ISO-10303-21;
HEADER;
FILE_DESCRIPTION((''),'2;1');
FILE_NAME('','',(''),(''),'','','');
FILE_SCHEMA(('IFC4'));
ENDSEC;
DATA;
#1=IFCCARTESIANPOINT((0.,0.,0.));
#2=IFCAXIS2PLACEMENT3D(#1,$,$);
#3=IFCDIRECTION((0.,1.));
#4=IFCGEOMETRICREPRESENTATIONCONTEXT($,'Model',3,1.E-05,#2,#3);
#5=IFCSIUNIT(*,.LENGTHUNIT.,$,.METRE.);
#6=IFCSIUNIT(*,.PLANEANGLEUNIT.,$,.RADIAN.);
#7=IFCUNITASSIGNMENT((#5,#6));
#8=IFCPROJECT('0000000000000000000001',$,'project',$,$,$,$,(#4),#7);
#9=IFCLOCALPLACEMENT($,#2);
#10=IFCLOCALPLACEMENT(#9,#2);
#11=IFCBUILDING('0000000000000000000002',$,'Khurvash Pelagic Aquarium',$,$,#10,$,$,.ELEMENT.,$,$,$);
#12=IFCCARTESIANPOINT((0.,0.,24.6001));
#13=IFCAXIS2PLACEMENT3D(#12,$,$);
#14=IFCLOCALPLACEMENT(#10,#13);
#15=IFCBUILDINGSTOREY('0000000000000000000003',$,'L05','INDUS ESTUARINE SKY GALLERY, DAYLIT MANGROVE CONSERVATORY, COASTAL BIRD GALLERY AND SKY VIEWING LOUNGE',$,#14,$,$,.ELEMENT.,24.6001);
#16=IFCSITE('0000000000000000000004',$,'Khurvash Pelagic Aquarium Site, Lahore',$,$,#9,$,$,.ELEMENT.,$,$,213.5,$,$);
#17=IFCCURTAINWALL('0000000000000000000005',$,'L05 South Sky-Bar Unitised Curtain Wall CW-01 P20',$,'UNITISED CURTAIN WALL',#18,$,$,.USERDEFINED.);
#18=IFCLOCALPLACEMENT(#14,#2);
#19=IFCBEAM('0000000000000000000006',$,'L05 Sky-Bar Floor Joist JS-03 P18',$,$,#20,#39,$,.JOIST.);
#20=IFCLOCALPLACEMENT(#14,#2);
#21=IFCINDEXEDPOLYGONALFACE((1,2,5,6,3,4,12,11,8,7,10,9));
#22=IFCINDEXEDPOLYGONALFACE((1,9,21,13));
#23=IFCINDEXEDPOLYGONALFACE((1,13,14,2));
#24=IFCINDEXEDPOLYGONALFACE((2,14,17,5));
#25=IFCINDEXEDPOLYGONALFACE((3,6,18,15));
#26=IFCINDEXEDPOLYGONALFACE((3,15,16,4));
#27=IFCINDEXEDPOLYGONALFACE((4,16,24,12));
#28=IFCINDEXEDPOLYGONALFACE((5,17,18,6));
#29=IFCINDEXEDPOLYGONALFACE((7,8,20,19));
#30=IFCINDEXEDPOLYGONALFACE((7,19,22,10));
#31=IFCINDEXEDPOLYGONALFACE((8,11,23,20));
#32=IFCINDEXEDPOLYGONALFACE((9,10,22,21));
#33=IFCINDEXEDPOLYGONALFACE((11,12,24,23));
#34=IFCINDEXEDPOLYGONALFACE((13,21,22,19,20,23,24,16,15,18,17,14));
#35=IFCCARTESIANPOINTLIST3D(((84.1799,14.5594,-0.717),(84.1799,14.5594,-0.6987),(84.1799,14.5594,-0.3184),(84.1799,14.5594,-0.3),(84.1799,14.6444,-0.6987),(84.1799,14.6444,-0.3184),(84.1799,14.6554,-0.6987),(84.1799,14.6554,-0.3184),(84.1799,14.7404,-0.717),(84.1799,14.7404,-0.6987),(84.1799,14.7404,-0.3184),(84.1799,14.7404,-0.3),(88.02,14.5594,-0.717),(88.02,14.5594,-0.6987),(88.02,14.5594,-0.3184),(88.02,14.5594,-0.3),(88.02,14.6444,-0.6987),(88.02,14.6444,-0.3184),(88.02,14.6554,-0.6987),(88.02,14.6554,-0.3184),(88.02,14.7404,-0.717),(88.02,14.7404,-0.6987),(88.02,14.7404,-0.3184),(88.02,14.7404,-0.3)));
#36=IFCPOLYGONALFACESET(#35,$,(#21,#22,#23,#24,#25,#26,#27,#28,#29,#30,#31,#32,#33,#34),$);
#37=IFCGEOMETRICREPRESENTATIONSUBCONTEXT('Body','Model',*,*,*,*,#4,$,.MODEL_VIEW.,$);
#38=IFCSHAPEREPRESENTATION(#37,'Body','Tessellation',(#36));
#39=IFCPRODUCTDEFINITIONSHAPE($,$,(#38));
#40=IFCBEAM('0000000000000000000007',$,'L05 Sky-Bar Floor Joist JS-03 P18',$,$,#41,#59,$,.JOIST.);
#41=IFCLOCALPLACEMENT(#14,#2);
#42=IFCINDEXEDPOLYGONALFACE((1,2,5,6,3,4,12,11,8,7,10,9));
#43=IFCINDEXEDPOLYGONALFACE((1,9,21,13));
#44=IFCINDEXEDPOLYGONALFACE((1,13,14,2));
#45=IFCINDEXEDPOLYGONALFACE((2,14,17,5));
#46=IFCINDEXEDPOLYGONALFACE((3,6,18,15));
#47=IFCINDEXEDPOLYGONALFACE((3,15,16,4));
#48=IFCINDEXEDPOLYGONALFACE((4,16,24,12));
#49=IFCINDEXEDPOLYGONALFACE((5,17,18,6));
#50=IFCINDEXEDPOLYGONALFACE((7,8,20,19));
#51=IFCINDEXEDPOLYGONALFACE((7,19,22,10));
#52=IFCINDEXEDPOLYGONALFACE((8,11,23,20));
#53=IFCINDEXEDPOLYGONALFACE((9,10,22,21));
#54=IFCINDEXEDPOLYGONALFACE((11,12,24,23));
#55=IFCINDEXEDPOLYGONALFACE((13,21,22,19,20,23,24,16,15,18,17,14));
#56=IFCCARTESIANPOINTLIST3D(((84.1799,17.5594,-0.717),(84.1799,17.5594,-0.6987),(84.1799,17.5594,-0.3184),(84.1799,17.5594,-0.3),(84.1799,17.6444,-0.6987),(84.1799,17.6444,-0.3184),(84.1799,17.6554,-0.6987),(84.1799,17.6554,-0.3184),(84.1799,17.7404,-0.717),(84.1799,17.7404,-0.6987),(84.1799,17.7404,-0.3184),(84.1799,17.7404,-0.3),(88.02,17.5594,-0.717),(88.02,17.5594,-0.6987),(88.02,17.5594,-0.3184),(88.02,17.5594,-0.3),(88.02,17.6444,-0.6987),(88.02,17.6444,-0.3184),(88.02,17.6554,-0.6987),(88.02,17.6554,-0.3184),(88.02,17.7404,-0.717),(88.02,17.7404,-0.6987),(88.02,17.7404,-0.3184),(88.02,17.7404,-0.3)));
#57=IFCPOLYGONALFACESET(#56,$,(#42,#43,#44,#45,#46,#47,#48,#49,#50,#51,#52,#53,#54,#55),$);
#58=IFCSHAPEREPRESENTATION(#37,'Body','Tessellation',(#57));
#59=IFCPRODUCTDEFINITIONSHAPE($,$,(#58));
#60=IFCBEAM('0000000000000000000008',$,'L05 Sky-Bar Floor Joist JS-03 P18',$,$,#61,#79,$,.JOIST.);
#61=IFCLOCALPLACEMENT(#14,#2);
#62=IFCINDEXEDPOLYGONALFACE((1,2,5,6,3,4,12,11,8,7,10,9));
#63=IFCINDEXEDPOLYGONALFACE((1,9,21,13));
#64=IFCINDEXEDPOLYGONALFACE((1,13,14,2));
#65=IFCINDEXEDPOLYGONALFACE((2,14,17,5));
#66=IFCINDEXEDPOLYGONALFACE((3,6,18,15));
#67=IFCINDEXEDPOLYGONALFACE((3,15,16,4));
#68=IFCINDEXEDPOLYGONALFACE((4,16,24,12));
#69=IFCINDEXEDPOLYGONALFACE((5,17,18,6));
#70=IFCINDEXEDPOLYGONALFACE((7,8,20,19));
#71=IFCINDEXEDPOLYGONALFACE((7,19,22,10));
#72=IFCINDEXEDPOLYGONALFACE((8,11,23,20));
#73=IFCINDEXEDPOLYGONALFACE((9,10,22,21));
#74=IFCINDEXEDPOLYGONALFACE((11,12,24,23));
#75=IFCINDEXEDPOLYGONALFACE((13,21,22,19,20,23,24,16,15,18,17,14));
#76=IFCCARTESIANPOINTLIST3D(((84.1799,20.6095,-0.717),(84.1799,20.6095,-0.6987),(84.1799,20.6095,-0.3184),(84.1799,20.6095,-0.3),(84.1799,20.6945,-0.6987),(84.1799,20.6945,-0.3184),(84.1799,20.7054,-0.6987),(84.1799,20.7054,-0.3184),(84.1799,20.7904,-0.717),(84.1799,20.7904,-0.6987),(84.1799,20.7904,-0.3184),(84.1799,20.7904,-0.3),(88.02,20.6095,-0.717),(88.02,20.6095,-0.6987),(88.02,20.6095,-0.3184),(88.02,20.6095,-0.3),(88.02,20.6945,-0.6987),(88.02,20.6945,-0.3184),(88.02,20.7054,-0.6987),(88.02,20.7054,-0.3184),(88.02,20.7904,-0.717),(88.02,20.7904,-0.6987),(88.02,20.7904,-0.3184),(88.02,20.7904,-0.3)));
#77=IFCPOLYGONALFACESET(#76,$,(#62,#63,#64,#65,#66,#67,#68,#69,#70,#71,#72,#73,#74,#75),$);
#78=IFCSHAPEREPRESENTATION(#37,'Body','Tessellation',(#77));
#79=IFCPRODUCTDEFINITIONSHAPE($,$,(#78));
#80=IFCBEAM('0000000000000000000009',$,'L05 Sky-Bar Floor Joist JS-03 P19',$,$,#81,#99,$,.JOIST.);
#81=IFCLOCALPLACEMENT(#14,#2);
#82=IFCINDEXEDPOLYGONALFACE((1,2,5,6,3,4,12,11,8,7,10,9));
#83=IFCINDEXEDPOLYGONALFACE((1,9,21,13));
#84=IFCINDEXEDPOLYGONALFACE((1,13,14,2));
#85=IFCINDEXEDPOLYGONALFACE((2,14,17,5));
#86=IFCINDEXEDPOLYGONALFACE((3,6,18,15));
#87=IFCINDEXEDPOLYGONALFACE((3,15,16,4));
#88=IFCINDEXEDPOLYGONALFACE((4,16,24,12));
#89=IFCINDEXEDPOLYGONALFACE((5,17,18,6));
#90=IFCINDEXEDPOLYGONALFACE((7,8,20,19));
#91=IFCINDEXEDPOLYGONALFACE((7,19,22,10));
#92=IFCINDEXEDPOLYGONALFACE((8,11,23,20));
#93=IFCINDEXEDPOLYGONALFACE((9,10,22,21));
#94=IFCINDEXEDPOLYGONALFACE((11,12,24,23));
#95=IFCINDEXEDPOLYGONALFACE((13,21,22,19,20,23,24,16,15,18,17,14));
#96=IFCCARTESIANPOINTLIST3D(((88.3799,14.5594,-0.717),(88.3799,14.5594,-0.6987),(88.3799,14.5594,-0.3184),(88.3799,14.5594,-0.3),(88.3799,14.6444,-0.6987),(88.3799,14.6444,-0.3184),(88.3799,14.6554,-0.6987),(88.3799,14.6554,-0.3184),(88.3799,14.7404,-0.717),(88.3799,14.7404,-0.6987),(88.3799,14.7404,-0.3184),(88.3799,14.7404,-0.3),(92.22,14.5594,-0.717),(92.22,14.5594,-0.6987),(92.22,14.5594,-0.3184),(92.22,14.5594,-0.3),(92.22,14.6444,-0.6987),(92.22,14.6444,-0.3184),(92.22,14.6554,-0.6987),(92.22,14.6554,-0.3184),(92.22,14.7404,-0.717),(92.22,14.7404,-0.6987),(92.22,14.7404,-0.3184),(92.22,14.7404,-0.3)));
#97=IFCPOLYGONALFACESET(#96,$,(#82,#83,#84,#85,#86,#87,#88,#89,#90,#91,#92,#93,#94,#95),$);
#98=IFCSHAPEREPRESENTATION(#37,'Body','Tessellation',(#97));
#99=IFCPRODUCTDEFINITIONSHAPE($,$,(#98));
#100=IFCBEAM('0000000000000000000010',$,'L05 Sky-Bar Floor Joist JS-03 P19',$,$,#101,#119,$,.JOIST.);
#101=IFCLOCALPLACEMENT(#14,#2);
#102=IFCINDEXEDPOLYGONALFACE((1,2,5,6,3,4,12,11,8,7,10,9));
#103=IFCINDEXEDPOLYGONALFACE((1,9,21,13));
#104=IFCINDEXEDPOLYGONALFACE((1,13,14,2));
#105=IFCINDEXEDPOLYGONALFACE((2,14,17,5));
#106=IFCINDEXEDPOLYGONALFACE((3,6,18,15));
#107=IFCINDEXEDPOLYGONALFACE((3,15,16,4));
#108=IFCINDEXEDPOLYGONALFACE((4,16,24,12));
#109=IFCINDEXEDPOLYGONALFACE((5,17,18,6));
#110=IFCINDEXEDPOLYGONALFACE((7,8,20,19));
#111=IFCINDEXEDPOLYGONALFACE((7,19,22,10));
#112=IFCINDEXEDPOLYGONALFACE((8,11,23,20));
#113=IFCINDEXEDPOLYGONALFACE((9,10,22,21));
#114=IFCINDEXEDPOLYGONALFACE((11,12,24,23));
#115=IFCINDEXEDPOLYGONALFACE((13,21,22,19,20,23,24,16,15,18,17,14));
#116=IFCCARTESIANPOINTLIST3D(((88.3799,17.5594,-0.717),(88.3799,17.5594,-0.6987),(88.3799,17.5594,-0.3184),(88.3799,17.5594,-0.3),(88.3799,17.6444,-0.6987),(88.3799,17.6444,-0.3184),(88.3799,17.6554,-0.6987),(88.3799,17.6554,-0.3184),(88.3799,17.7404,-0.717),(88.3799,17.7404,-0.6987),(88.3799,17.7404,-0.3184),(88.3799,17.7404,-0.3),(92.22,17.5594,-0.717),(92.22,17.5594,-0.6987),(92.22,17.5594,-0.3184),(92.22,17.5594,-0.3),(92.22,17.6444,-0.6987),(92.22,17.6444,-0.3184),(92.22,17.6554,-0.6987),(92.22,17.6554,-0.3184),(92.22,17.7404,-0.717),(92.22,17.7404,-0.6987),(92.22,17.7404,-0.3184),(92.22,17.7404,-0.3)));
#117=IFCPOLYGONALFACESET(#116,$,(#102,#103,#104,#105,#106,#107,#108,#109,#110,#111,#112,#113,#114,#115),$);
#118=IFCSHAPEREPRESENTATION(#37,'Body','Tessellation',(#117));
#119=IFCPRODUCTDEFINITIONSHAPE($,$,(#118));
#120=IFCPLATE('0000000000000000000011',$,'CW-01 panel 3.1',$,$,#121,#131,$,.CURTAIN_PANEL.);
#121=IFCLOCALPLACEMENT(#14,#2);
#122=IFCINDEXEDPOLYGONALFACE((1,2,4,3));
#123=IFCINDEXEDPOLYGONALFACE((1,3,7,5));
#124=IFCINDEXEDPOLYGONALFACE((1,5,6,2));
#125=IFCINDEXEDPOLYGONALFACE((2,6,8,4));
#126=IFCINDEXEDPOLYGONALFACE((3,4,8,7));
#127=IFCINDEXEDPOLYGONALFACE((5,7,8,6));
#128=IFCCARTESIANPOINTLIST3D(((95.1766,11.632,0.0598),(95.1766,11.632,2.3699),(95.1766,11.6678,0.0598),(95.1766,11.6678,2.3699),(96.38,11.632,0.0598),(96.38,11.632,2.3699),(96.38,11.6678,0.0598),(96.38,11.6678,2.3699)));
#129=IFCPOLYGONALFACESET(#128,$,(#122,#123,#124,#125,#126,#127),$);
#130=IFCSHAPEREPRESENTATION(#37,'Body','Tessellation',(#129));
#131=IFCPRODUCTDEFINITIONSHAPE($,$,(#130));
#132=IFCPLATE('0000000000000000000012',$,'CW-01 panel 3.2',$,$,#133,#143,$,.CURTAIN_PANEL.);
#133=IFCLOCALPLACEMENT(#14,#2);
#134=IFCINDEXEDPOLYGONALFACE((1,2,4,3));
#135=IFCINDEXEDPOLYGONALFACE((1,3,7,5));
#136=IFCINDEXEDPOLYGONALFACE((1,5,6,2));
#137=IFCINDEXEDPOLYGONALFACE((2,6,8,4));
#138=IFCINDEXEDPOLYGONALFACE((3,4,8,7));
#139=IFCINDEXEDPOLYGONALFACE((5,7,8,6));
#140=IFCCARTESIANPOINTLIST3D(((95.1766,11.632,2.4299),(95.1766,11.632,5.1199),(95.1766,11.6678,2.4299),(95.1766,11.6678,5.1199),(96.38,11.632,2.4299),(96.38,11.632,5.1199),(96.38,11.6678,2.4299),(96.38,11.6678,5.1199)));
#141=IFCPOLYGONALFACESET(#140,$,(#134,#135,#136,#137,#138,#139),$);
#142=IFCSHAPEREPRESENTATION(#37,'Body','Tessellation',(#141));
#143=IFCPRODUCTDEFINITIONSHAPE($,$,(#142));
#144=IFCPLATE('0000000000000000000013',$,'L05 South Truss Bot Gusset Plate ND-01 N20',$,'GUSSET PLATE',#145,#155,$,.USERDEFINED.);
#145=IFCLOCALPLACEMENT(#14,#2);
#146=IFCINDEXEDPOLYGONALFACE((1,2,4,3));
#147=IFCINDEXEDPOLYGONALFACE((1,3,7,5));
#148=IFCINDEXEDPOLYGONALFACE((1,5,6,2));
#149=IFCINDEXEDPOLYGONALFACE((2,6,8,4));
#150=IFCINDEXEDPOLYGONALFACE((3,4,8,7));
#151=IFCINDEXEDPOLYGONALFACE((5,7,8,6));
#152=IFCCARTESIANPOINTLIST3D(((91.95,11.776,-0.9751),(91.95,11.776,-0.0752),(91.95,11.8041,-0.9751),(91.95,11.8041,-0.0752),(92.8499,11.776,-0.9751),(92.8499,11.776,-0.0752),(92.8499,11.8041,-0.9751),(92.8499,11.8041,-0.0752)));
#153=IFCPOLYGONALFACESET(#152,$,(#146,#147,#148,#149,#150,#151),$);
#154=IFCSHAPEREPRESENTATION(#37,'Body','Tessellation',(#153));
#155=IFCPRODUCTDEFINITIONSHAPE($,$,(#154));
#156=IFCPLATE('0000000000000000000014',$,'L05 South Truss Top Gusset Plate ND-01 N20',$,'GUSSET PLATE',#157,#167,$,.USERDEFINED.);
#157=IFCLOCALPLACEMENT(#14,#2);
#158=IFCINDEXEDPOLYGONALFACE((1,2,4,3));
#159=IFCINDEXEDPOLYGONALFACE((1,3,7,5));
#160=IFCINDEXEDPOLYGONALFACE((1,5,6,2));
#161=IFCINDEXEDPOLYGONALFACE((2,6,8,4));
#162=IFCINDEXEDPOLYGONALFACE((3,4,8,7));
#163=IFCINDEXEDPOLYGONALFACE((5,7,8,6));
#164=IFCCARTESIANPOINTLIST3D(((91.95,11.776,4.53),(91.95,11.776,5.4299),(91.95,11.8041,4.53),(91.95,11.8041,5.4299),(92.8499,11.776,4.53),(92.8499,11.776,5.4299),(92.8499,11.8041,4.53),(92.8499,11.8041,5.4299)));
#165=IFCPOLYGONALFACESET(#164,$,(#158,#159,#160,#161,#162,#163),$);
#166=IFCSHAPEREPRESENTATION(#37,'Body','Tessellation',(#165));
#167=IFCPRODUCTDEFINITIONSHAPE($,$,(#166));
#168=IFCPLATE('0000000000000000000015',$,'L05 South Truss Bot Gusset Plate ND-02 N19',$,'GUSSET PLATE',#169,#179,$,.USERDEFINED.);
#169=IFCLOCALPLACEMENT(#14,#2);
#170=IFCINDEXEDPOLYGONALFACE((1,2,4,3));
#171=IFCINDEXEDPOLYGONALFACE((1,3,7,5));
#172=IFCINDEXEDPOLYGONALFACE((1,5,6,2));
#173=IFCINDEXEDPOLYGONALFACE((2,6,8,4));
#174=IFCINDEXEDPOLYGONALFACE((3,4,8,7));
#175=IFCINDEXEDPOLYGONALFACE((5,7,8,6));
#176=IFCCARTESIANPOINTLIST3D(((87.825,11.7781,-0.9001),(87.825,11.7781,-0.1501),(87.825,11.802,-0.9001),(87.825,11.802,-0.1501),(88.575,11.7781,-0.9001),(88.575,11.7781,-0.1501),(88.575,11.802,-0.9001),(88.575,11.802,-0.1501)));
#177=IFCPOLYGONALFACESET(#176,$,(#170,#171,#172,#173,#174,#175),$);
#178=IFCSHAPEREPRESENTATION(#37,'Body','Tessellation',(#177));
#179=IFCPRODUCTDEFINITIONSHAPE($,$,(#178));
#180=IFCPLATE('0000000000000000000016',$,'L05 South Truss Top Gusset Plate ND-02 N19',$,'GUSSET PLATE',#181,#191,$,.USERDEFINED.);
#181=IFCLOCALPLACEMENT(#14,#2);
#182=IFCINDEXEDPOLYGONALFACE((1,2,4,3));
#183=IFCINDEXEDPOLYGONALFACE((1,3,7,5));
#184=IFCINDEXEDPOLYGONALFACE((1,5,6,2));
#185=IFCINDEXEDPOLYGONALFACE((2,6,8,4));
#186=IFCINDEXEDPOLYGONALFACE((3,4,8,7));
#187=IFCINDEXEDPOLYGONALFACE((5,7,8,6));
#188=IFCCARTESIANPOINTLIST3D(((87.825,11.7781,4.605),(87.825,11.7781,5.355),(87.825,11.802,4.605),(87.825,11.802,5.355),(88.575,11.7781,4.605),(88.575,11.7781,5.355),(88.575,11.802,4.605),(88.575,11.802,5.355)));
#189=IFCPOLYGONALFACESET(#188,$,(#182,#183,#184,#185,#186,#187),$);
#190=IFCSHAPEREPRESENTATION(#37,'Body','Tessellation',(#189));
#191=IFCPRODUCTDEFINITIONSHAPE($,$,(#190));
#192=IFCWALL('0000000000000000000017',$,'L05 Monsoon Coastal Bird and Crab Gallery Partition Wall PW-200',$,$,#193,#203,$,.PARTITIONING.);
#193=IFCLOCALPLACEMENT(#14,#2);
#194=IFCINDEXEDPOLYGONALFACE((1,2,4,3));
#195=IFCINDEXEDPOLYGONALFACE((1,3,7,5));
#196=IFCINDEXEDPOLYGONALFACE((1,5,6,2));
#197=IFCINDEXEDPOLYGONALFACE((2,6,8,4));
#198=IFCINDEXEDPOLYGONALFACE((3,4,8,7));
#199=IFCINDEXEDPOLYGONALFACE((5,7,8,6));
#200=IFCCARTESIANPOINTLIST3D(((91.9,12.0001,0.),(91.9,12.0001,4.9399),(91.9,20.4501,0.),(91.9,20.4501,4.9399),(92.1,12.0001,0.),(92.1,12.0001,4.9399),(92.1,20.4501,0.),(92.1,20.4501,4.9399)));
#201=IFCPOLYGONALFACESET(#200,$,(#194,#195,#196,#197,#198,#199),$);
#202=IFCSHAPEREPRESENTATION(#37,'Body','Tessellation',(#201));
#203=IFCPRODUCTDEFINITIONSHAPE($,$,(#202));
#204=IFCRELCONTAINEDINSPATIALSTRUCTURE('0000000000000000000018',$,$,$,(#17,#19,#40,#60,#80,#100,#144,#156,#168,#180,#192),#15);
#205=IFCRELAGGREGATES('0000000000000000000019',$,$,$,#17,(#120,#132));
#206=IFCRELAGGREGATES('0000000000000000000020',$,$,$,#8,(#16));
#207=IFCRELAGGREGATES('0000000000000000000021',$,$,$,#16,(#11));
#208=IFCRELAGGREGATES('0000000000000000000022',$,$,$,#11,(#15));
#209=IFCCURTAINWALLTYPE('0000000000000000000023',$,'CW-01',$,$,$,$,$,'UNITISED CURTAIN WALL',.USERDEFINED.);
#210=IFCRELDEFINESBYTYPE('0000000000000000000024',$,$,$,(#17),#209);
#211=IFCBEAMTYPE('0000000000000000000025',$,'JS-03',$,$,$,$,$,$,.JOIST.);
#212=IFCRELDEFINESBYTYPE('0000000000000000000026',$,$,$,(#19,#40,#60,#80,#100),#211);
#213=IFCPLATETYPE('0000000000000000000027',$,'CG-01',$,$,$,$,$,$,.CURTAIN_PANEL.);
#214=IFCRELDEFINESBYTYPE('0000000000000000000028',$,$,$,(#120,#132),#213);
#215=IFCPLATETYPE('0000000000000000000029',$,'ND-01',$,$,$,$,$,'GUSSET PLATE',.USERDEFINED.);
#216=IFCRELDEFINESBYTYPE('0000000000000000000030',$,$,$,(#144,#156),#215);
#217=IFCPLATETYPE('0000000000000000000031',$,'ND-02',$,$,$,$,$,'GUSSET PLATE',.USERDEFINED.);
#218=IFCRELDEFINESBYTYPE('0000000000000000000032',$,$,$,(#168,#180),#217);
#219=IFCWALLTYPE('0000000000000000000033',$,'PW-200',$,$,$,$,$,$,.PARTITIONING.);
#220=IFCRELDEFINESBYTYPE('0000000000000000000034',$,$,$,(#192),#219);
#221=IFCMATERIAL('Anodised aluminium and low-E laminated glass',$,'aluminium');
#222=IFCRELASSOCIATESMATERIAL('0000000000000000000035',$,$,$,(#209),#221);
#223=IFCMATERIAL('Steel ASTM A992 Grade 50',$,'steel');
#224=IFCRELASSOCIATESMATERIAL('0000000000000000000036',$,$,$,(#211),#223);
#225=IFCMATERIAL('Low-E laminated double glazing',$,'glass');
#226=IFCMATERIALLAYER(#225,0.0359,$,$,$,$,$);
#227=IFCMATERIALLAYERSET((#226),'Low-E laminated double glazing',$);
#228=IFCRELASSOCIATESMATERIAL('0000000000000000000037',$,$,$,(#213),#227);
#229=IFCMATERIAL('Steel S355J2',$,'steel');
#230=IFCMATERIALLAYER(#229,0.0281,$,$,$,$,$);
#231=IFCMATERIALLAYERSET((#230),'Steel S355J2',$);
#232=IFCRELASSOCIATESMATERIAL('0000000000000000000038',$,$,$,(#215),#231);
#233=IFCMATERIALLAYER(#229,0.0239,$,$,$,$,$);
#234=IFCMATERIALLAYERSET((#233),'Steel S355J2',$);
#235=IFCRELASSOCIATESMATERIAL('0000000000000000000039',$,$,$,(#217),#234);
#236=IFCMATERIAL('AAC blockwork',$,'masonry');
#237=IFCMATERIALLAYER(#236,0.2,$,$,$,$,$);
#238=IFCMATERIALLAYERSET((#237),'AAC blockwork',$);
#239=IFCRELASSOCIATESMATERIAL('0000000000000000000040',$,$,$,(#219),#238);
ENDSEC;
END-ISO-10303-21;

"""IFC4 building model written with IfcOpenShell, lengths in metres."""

from ifc_helpers import new_model, si_unit, direction, frame, frame_2d, origin, origin_2d, place, context, subcontext, project, spatial, rectangle, i_section, extrude, material, layer, layer_set, material_profile, profile_set, type_object, element, aggregate, save


model = new_model("IFC4")

# Units and contexts
model_context = context("Model", 3, precision=1e-05, world=origin(), true_north=direction((0.0, 1.0)))
body_context = subcontext(model_context, "Body", "Model", "MODEL_VIEW")
ifc_project = project(units=[si_unit("LENGTHUNIT", "METRE"), si_unit("PLANEANGLEUNIT", "RADIAN")], contexts=[model_context])

# Site, building, storey
site_placement = place(None, origin())
site = spatial("IfcSite", under=ifc_project, at=site_placement, Name="Khurvash Pelagic Aquarium Site, Lahore", CompositionType="ELEMENT", RefElevation=213.5)
building_placement = place(site_placement, origin())
building = spatial("IfcBuilding", under=site, at=building_placement, Name="Khurvash Pelagic Aquarium", CompositionType="ELEMENT")
storey_placement = place(building_placement, frame((0.0, 0.0, 24.6001)))
storey = spatial("IfcBuildingStorey", under=building, at=storey_placement, Name="L05", Description="INDUS ESTUARINE SKY GALLERY, DAYLIT MANGROVE CONSERVATORY, COASTAL BIRD GALLERY AND SKY VIEWING LOUNGE", CompositionType="ELEMENT", Elevation=24.6001)

# Shared definitions
ifc_material_1 = material(Name="Steel ASTM A992 Grade 50", Category="steel")

# Curtain wall
ifc_material_2 = material(Name="Anodised aluminium and low-E laminated glass", Category="aluminium")
curtain_wall_type = type_object("IfcCurtainWallType", Name="CW-01", ElementType="UNITISED CURTAIN WALL", PredefinedType="USERDEFINED", material=ifc_material_2)
curtain_wall_placement = place(storey_placement, origin())
curtain_wall = element("IfcCurtainWall", 1, at=curtain_wall_placement, inside=storey, type_object=curtain_wall_type, Name="L05 South Sky-Bar Unitised Curtain Wall CW-01 P20", ObjectType="UNITISED CURTAIN WALL", PredefinedType="USERDEFINED")

# Beams
ifc_material_profile_1 = material_profile(ifc_material_1, i_section(OverallWidth=0.1809, OverallDepth=0.417, WebThickness=0.011, FlangeThickness=0.0183, at=origin_2d()), Name="W16X57")
ifc_profile_set_1 = profile_set([ifc_material_profile_1], Name="Steel ASTM A992 Grade 50")
beam_type_1 = type_object("IfcBeamType", Name="JS-03", PredefinedType="JOIST", material=ifc_profile_set_1)
for number, where, z_axis, x_axis, name in (
    (2, (84.1799, 14.6499, -0.5085), (1.0, 0.0, 0.0), (0.0, 1.0, 0.0), "L05 Sky-Bar Floor Joist JS-03 P18"),
    (3, (84.1799, 17.6499, -0.5085), (1.0, 0.0, 0.0), (0.0, 1.0, 0.0), "L05 Sky-Bar Floor Joist JS-03 P18"),
    (4, (84.1799, 20.7, -0.5085), (1.0, 0.0, 0.0), (0.0, 1.0, 0.0), "L05 Sky-Bar Floor Joist JS-03 P18"),
    (5, (88.3799, 14.6499, -0.5085), (1.0, 0.0, 0.0), (0.0, 1.0, 0.0), "L05 Sky-Bar Floor Joist JS-03 P19"),
    (6, (88.3799, 17.6499, -0.5085), (1.0, 0.0, 0.0), (0.0, 1.0, 0.0), "L05 Sky-Bar Floor Joist JS-03 P19"),
):
    element("IfcBeam", number, at=place(storey_placement, frame(where, z_axis=z_axis, x_axis=x_axis)), inside=storey, type_object=beam_type_1, Name=name, PredefinedType="JOIST", context=body_context, shape_type="SweptSolid", body=[
        extrude(i_section(OverallWidth=0.1809, OverallDepth=0.417, WebThickness=0.011, FlangeThickness=0.0183, at=origin_2d()), origin(), (0.0, 0.0, 1.0), 3.8401),
    ])

# Plates
ifc_material_3 = material(Name="Low-E laminated double glazing", Category="glass")
ifc_layer_1 = layer(ifc_material_3, 0.0359)
ifc_layer_set_1 = layer_set([ifc_layer_1], Name="Low-E laminated double glazing")
plate_type_1 = type_object("IfcPlateType", Name="CG-01", PredefinedType="CURTAIN_PANEL", material=ifc_layer_set_1)
plate_1_placement = place(storey_placement, frame((95.7783, 11.6499, 0.0598), z_axis=(0.0, 0.0, 1.0), x_axis=(1.0, 0.0, 0.0)))
plate_1 = element("IfcPlate", 7, at=plate_1_placement, type_object=plate_type_1, Name="CW-01 panel 3.1", PredefinedType="CURTAIN_PANEL", context=body_context, shape_type="SweptSolid", body=[
    extrude(rectangle(XDim=1.2034, YDim=0.0359, at=origin_2d()), origin(), (0.0, 0.0, 1.0), 2.3101),
])
plate_2_placement = place(storey_placement, frame((95.7783, 11.6499, 2.4299), z_axis=(0.0, 0.0, 1.0), x_axis=(1.0, 0.0, 0.0)))
plate_2 = element("IfcPlate", 8, at=plate_2_placement, type_object=plate_type_1, Name="CW-01 panel 3.2", PredefinedType="CURTAIN_PANEL", context=body_context, shape_type="SweptSolid", body=[
    extrude(rectangle(XDim=1.2034, YDim=0.0359, at=origin_2d()), origin(), (0.0, 0.0, 1.0), 2.6899),
])
aggregate(curtain_wall, [plate_1, plate_2])

# Plates
ifc_material_4 = material(Name="Steel S355J2", Category="steel")
ifc_layer_2 = layer(ifc_material_4, 0.0281)
ifc_layer_set_2 = layer_set([ifc_layer_2], Name="Steel S355J2")
plate_type_2 = type_object("IfcPlateType", Name="ND-01", ElementType="GUSSET PLATE", PredefinedType="USERDEFINED", material=ifc_layer_set_2)
for number, where, z_axis, x_axis, name in (
    (9, (92.3999, 11.79, -0.9751), (0.0, 0.0, 1.0), (1.0, 0.0, 0.0), "L05 South Truss Bot Gusset Plate ND-01 N20"),
    (10, (92.3999, 11.79, 4.53), (0.0, 0.0, 1.0), (1.0, 0.0, 0.0), "L05 South Truss Top Gusset Plate ND-01 N20"),
):
    element("IfcPlate", number, at=place(storey_placement, frame(where, z_axis=z_axis, x_axis=x_axis)), inside=storey, type_object=plate_type_2, Name=name, ObjectType="GUSSET PLATE", PredefinedType="USERDEFINED", context=body_context, shape_type="SweptSolid", body=[
        extrude(rectangle(XDim=0.8999, YDim=0.0281, at=origin_2d()), origin(), (0.0, 0.0, 1.0), 0.8999),
    ])
ifc_layer_3 = layer(ifc_material_4, 0.0239)
ifc_layer_set_3 = layer_set([ifc_layer_3], Name="Steel S355J2")
plate_type_3 = type_object("IfcPlateType", Name="ND-02", ElementType="GUSSET PLATE", PredefinedType="USERDEFINED", material=ifc_layer_set_3)
for number, where, z_axis, x_axis, name in (
    (11, (88.2, 11.79, -0.9001), (0.0, 0.0, 1.0), (1.0, 0.0, 0.0), "L05 South Truss Bot Gusset Plate ND-02 N19"),
    (12, (88.2, 11.79, 4.605), (0.0, 0.0, 1.0), (1.0, 0.0, 0.0), "L05 South Truss Top Gusset Plate ND-02 N19"),
):
    element("IfcPlate", number, at=place(storey_placement, frame(where, z_axis=z_axis, x_axis=x_axis)), inside=storey, type_object=plate_type_3, Name=name, ObjectType="GUSSET PLATE", PredefinedType="USERDEFINED", context=body_context, shape_type="SweptSolid", body=[
        extrude(rectangle(XDim=0.75, YDim=0.0239, at=origin_2d()), origin(), (0.0, 0.0, 1.0), 0.75),
    ])

# Wall
ifc_material_5 = material(Name="AAC blockwork", Category="masonry")
ifc_layer_4 = layer(ifc_material_5, 0.2)
ifc_layer_set_4 = layer_set([ifc_layer_4], Name="AAC blockwork")
wall_type_1 = type_object("IfcWallType", Name="PW-200", PredefinedType="PARTITIONING", material=ifc_layer_set_4)
wall_1_placement = place(storey_placement, frame((92.0, 12.0, 0.0), z_axis=(0.0, 0.0, 1.0), x_axis=(0.0, 1.0, 0.0)))
element("IfcWall", 13, at=wall_1_placement, inside=storey, type_object=wall_type_1, Name="L05 Monsoon Coastal Bird and Crab Gallery Partition Wall PW-200", PredefinedType="PARTITIONING", context=body_context, shape_type="SweptSolid", body=[
    extrude(rectangle(XDim=8.45, YDim=0.2, at=frame_2d((4.2251, 0.0))), origin(), (0.0, 0.0, 1.0), 4.9399),
])

save(model, "model.ifc")
